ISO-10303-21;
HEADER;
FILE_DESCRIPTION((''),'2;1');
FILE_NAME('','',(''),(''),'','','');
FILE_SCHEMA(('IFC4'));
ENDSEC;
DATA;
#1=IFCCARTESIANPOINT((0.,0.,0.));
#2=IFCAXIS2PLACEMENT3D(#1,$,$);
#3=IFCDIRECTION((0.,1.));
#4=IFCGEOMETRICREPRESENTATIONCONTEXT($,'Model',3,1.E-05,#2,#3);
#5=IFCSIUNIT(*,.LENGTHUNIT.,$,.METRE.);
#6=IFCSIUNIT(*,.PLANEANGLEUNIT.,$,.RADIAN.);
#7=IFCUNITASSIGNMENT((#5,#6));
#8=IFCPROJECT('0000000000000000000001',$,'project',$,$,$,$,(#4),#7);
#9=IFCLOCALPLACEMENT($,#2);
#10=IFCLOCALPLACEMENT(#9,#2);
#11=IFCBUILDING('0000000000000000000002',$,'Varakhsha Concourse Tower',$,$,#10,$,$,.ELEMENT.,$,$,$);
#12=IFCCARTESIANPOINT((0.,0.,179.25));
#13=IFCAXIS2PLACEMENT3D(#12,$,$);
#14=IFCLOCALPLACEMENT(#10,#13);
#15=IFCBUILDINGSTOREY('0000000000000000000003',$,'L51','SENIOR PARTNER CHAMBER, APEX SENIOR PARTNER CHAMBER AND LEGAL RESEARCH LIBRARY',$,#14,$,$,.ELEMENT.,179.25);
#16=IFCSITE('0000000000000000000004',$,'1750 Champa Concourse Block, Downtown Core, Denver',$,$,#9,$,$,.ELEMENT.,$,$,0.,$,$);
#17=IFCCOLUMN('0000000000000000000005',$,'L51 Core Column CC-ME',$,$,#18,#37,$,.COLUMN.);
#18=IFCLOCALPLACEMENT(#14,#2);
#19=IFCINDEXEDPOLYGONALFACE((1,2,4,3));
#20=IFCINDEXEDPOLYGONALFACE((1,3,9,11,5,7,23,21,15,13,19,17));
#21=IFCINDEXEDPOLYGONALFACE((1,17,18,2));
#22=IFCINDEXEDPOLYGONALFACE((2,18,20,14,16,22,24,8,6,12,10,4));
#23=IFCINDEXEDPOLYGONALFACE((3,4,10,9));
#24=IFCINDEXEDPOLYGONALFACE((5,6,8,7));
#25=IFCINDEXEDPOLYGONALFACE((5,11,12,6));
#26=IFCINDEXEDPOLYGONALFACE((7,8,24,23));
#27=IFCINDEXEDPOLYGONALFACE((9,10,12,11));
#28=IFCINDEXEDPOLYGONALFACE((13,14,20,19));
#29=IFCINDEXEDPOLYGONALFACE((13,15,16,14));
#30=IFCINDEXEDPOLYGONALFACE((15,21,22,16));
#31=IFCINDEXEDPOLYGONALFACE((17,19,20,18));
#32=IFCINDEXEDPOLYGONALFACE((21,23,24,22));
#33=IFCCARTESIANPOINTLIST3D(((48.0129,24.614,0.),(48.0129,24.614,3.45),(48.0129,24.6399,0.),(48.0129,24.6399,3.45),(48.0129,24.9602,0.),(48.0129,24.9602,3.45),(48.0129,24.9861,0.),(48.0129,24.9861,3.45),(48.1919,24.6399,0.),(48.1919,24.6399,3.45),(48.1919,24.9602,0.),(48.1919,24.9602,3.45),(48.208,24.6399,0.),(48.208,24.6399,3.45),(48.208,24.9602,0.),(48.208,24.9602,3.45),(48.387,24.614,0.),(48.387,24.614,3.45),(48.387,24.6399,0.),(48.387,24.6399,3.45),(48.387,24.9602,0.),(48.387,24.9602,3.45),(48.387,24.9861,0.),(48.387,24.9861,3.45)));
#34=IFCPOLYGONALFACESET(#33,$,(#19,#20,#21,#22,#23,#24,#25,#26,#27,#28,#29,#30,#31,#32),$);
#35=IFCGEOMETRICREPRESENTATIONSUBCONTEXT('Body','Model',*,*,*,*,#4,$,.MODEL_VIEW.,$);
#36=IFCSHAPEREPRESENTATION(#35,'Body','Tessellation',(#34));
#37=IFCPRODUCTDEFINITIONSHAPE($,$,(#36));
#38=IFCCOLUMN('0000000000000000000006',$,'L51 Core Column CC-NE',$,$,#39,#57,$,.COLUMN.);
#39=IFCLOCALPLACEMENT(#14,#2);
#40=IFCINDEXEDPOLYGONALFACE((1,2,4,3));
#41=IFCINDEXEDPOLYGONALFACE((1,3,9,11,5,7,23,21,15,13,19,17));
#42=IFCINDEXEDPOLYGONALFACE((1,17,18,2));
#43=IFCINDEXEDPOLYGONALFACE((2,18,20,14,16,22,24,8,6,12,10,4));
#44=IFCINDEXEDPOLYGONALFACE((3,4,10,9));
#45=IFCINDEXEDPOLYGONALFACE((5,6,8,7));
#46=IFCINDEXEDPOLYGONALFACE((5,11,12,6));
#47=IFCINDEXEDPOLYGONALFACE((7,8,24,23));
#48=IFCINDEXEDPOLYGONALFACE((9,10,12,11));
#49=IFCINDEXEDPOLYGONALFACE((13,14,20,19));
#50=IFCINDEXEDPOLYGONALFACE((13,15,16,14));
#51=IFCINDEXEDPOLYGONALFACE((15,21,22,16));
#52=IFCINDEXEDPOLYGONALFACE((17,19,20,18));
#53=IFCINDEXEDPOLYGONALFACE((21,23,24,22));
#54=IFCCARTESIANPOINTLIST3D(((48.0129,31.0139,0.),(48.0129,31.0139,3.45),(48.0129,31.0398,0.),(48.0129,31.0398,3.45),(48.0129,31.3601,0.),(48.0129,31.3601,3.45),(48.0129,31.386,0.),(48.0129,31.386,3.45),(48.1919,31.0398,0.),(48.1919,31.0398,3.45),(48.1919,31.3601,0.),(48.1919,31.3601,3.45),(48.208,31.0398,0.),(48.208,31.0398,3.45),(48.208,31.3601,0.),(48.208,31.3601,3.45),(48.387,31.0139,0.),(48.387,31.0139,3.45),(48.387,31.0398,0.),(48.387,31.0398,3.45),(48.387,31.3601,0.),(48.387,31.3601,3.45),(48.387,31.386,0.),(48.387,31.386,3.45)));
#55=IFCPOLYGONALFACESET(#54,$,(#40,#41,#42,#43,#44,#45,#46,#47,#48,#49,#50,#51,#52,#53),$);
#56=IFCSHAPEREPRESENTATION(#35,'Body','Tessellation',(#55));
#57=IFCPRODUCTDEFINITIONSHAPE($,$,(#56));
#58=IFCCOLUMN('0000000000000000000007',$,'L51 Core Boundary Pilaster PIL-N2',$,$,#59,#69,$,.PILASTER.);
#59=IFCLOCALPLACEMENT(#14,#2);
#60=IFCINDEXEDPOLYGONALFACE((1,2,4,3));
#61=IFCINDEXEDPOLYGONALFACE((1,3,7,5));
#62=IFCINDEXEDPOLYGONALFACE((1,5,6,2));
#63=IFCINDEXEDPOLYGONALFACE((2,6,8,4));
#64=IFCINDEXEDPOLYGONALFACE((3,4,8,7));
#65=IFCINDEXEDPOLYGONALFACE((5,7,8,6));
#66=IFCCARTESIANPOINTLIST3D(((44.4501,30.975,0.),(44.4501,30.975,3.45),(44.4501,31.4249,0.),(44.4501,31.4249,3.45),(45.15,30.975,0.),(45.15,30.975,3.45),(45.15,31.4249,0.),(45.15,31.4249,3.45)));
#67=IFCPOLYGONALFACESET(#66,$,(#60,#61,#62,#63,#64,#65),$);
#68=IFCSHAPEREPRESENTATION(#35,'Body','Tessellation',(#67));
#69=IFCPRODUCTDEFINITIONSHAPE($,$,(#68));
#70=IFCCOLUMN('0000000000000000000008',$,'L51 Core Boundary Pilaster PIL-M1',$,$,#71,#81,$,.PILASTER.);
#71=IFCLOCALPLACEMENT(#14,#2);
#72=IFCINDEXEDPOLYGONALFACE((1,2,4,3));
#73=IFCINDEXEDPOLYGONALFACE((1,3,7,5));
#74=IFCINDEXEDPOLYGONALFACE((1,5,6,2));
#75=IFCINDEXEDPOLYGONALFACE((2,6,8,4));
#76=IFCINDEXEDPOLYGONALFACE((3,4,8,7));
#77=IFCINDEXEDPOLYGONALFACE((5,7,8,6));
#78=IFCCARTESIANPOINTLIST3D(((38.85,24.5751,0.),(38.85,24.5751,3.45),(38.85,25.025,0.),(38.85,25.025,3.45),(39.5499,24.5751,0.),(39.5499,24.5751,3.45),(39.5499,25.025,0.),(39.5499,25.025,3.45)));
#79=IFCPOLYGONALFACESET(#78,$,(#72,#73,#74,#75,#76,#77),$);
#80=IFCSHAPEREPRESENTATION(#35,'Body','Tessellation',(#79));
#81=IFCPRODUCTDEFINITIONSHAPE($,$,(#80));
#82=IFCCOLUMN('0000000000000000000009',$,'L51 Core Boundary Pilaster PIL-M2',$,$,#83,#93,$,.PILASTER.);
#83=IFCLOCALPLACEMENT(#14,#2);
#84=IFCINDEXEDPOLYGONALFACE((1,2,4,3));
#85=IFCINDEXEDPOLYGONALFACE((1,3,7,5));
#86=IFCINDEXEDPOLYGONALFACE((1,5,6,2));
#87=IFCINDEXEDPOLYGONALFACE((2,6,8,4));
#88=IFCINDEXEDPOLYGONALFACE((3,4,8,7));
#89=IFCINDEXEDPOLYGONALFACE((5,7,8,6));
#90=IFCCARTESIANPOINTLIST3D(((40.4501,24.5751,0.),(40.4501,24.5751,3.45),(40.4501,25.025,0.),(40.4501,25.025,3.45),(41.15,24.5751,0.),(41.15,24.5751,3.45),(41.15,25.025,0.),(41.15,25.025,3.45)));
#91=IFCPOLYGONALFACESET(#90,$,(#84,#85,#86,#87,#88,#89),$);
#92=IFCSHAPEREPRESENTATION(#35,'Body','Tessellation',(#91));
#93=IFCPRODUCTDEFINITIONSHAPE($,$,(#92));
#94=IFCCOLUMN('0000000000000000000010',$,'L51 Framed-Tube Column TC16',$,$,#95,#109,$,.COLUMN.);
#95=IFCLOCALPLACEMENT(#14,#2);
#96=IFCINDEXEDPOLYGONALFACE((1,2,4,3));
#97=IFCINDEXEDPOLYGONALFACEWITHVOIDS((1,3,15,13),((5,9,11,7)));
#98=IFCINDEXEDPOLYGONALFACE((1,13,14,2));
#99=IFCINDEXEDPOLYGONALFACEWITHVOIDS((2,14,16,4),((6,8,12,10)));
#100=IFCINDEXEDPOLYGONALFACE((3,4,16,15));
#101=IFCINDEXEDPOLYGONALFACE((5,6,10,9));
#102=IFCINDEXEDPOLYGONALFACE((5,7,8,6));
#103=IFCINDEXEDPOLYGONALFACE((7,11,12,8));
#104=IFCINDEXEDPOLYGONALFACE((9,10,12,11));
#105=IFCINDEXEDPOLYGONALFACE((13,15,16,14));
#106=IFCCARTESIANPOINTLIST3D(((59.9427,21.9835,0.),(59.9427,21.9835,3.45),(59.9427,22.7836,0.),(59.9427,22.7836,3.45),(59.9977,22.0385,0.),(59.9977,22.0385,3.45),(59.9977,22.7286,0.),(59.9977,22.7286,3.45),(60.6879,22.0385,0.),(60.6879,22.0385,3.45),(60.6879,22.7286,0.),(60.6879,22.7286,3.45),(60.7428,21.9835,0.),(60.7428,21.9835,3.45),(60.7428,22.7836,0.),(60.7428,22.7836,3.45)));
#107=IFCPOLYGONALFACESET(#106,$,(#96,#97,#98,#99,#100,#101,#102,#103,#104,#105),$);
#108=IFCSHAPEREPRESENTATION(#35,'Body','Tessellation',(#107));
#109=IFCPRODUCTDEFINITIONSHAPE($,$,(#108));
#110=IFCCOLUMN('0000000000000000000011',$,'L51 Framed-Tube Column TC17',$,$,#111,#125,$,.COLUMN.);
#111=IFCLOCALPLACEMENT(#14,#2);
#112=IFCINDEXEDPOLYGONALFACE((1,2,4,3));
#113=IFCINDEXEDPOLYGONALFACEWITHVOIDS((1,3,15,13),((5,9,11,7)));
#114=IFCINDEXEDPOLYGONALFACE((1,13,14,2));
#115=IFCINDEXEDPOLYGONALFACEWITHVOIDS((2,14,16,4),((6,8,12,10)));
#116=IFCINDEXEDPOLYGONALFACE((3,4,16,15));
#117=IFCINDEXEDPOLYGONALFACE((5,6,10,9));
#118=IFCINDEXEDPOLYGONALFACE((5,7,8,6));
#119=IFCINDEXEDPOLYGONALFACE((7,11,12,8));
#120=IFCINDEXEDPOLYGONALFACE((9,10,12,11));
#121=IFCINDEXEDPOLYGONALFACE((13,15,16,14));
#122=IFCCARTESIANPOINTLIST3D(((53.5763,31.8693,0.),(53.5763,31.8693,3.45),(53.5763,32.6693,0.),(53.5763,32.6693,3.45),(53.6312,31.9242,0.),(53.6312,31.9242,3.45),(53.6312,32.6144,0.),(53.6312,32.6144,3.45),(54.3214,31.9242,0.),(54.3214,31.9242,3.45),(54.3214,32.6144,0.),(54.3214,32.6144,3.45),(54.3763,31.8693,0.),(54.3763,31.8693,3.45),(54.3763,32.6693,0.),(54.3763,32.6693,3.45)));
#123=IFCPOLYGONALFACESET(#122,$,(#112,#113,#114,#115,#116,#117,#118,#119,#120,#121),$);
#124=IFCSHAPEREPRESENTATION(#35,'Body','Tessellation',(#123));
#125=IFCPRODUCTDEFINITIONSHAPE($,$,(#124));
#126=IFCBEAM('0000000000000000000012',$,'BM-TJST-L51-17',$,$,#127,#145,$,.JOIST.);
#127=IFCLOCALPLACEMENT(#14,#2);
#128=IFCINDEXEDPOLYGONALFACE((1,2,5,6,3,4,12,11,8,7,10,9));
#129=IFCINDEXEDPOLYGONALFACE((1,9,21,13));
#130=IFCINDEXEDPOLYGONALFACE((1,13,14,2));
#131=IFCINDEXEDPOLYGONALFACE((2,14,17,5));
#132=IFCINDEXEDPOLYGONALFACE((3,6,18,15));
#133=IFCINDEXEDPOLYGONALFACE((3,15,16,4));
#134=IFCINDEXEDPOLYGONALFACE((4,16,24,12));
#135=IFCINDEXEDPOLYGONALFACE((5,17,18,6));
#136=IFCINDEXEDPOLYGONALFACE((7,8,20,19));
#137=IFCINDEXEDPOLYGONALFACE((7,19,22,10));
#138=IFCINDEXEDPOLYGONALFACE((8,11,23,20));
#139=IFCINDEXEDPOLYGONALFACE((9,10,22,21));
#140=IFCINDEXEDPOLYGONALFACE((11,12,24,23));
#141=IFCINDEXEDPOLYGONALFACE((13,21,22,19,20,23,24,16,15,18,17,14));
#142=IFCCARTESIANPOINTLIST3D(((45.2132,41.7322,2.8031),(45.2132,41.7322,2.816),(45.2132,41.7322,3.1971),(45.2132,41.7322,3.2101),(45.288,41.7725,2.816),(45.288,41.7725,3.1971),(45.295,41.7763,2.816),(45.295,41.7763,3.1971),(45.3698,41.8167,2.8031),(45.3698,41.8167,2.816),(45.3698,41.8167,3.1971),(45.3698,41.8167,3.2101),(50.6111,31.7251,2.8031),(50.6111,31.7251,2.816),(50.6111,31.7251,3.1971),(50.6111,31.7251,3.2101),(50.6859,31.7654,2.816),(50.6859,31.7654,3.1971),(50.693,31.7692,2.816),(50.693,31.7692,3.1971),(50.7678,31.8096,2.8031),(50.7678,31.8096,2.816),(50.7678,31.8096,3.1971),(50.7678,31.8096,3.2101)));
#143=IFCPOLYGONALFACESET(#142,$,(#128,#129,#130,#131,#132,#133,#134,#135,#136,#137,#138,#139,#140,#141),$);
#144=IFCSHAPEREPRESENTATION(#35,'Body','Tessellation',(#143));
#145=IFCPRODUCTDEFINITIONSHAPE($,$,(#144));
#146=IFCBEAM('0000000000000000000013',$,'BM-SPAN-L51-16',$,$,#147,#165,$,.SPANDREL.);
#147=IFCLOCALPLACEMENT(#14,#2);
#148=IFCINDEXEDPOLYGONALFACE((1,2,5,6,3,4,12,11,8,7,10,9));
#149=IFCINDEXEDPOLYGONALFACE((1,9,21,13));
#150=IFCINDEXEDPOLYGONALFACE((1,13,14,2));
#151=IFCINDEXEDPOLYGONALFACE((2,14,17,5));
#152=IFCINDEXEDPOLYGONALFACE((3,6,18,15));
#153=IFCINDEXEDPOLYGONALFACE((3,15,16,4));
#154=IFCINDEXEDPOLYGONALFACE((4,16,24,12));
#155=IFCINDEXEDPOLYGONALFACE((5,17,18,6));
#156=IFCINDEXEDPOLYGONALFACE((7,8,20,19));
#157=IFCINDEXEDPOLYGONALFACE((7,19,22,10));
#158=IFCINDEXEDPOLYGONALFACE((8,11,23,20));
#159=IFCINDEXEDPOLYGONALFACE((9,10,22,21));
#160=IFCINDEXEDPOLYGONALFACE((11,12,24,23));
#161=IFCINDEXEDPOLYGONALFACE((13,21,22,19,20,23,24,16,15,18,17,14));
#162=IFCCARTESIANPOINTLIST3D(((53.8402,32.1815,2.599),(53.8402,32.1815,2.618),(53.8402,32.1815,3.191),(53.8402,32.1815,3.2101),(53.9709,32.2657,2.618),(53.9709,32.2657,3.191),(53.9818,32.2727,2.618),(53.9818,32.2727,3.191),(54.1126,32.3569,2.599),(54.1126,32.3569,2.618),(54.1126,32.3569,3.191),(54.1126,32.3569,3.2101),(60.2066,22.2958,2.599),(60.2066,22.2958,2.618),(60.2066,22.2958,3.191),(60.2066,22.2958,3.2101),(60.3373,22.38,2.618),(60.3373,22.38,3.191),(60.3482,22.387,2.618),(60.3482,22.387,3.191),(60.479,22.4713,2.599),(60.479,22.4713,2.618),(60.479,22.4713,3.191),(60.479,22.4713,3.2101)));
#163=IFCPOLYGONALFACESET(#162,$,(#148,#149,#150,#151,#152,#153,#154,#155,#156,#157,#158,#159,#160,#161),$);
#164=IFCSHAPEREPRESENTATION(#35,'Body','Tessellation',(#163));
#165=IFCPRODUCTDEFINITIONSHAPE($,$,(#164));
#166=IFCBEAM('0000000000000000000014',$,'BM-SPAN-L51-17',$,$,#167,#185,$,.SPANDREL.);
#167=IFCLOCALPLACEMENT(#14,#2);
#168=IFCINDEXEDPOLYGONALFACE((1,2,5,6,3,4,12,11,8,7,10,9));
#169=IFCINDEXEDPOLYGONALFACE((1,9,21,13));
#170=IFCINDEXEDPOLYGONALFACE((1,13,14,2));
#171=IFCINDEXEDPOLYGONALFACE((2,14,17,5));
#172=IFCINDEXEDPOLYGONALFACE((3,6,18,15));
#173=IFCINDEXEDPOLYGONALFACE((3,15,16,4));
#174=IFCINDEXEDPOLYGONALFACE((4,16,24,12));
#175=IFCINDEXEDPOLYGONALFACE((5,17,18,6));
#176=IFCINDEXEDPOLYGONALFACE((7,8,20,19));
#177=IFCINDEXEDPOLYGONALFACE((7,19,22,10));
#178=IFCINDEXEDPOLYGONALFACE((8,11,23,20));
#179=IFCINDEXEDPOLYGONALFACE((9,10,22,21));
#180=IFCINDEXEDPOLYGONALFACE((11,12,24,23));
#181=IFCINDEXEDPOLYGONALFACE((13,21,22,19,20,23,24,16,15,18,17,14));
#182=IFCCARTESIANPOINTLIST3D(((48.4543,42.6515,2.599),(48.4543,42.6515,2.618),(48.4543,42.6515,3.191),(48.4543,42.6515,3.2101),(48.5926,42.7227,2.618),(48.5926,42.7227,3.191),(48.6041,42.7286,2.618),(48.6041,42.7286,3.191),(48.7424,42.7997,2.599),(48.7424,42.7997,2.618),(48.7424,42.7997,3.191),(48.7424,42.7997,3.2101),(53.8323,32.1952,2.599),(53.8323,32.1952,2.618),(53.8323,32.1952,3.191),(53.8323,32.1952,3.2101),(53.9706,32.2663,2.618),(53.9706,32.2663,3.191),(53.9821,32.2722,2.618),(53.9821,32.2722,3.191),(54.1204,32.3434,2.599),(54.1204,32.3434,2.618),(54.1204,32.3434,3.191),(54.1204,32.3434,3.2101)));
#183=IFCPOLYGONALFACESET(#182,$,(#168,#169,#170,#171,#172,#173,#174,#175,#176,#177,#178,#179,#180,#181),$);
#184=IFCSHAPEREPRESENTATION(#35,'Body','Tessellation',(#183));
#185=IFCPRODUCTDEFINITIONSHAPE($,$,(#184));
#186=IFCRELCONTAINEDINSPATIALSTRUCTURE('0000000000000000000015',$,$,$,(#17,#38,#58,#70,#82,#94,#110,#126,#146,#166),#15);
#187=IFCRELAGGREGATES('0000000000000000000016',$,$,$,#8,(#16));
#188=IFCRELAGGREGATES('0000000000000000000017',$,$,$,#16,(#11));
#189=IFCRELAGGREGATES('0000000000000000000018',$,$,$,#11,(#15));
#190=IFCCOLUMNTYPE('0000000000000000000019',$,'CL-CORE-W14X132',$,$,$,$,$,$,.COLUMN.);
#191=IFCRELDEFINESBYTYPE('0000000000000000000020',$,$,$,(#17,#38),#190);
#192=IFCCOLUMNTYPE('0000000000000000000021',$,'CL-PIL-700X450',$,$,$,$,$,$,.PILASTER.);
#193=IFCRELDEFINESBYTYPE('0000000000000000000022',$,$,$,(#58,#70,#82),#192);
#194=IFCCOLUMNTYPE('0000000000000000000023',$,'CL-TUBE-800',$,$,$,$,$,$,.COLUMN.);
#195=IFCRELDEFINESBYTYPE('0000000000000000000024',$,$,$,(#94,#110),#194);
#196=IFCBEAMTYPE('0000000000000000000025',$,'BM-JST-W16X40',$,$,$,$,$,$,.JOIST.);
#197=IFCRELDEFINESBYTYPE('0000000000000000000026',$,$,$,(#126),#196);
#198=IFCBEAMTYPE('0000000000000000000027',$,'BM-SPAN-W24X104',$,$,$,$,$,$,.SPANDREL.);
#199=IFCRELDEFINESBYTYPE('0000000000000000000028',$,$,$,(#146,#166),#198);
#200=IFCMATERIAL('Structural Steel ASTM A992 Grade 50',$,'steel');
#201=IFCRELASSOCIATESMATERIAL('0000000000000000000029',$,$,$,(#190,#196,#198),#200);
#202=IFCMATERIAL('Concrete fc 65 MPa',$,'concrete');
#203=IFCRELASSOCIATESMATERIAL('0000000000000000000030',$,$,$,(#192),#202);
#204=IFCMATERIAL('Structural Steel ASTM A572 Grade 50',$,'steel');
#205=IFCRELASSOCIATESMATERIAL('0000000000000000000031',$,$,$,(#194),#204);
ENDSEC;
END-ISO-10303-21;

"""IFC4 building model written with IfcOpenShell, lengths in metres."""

from ifc_helpers import new_model, si_unit, direction, frame, origin, origin_2d, place, context, subcontext, project, spatial, rectangle, hollow_rectangle, i_section, extrude, material, material_profile, profile_set, type_object, element, save


model = new_model("IFC4")

# Units and contexts
model_context = context("Model", 3, precision=1e-05, world=origin(), true_north=direction((0.0, 1.0)))
body_context = subcontext(model_context, "Body", "Model", "MODEL_VIEW")
ifc_project = project(units=[si_unit("LENGTHUNIT", "METRE"), si_unit("PLANEANGLEUNIT", "RADIAN")], contexts=[model_context])

# Site, building, storey
site_placement = place(None, origin())
site = spatial("IfcSite", under=ifc_project, at=site_placement, Name="1750 Champa Concourse Block, Downtown Core, Denver", CompositionType="ELEMENT", RefElevation=0.0)
building_placement = place(site_placement, origin())
building = spatial("IfcBuilding", under=site, at=building_placement, Name="Varakhsha Concourse Tower", CompositionType="ELEMENT")
storey_placement = place(building_placement, frame((0.0, 0.0, 179.25)))
storey = spatial("IfcBuildingStorey", under=building, at=storey_placement, Name="L51", Description="SENIOR PARTNER CHAMBER, APEX SENIOR PARTNER CHAMBER AND LEGAL RESEARCH LIBRARY", CompositionType="ELEMENT", Elevation=179.25)

# Columns
ifc_material_1 = material(Name="Structural Steel ASTM A992 Grade 50", Category="steel")
ifc_material_profile_1 = material_profile(ifc_material_1, i_section(OverallWidth=0.374, OverallDepth=0.3721, WebThickness=0.0161, FlangeThickness=0.0259, at=origin_2d()), Name="W14X132")
ifc_profile_set_1 = profile_set([ifc_material_profile_1], Name="Structural Steel ASTM A992 Grade 50")
column_type_1 = type_object("IfcColumnType", Name="CL-CORE-W14X132", PredefinedType="COLUMN", material=ifc_profile_set_1)
for number, where, z_axis, x_axis, name in (
    (1, (48.2, 24.8, 0.0), (0.0, 0.0, 1.0), (1.0, 0.0, 0.0), "L51 Core Column CC-ME"),
    (2, (48.2, 31.2, 0.0), (0.0, 0.0, 1.0), (1.0, 0.0, 0.0), "L51 Core Column CC-NE"),
):
    element("IfcColumn", number, at=place(storey_placement, frame(where, z_axis=z_axis, x_axis=x_axis)), inside=storey, type_object=column_type_1, Name=name, PredefinedType="COLUMN", context=body_context, shape_type="SweptSolid", body=[
        extrude(i_section(OverallWidth=0.374, OverallDepth=0.3721, WebThickness=0.0161, FlangeThickness=0.0259, at=origin_2d()), origin(), (0.0, 0.0, 1.0), 3.45),
    ])
ifc_material_2 = material(Name="Concrete fc 65 MPa", Category="concrete")
ifc_material_profile_2 = material_profile(ifc_material_2, rectangle(XDim=0.7, YDim=0.45, at=origin_2d()), Name="RC 700x450")
ifc_profile_set_2 = profile_set([ifc_material_profile_2], Name="Concrete fc 65 MPa")
column_type_2 = type_object("IfcColumnType", Name="CL-PIL-700X450", PredefinedType="PILASTER", material=ifc_profile_set_2)
for number, where, z_axis, x_axis, name in (
    (3, (44.8, 31.2, 0.0), (0.0, 0.0, 1.0), (1.0, 0.0, 0.0), "L51 Core Boundary Pilaster PIL-N2"),
    (4, (39.2, 24.8, 0.0), (0.0, 0.0, 1.0), (1.0, 0.0, 0.0), "L51 Core Boundary Pilaster PIL-M1"),
    (5, (40.8, 24.8, 0.0), (0.0, 0.0, 1.0), (1.0, 0.0, 0.0), "L51 Core Boundary Pilaster PIL-M2"),
):
    element("IfcColumn", number, at=place(storey_placement, frame(where, z_axis=z_axis, x_axis=x_axis)), inside=storey, type_object=column_type_2, Name=name, PredefinedType="PILASTER", context=body_context, shape_type="SweptSolid", body=[
        extrude(rectangle(XDim=0.7, YDim=0.45, at=origin_2d()), origin(), (0.0, 0.0, 1.0), 3.45),
    ])
ifc_material_3 = material(Name="Structural Steel ASTM A572 Grade 50", Category="steel")
ifc_material_profile_3 = material_profile(ifc_material_3, hollow_rectangle(XDim=0.8, YDim=0.8, WallThickness=0.0549, at=origin_2d()), Name="BOX 800x800x55")
ifc_profile_set_3 = profile_set([ifc_material_profile_3], Name="Structural Steel ASTM A572 Grade 50")
column_type_3 = type_object("IfcColumnType", Name="CL-TUBE-800", PredefinedType="COLUMN", material=ifc_profile_set_3)
for number, where, z_axis, x_axis, name in (
    (6, (60.3428, 22.3835, 0.0), (0.0, 0.0, 1.0), (1.0, 0.0, 0.0), "L51 Framed-Tube Column TC16"),
    (7, (53.9763, 32.2693, 0.0), (0.0, 0.0, 1.0), (1.0, 0.0, 0.0), "L51 Framed-Tube Column TC17"),
):
    element("IfcColumn", number, at=place(storey_placement, frame(where, z_axis=z_axis, x_axis=x_axis)), inside=storey, type_object=column_type_3, Name=name, PredefinedType="COLUMN", context=body_context, shape_type="SweptSolid", body=[
        extrude(hollow_rectangle(XDim=0.8, YDim=0.8, WallThickness=0.0549, at=origin_2d()), origin(), (0.0, 0.0, 1.0), 3.45),
    ])

# Beams
ifc_material_profile_4 = material_profile(ifc_material_1, i_section(OverallWidth=0.178, OverallDepth=0.407, WebThickness=0.0081, FlangeThickness=0.0129, at=origin_2d()), Name="W16X40")
ifc_profile_set_4 = profile_set([ifc_material_profile_4], Name="Structural Steel ASTM A992 Grade 50")
beam_type_1 = type_object("IfcBeamType", Name="BM-JST-W16X40", PredefinedType="JOIST", material=ifc_profile_set_4)
beam_1_placement = place(storey_placement, frame((50.6895, 31.7673, 3.0066), z_axis=(-0.474749, 0.880121, 0.0), x_axis=(-0.880121, -0.474749, 0.0)))
element("IfcBeam", 8, at=beam_1_placement, inside=storey, type_object=beam_type_1, Name="BM-TJST-L51-17", PredefinedType="JOIST", context=body_context, shape_type="SweptSolid", body=[
    extrude(i_section(OverallWidth=0.178, OverallDepth=0.407, WebThickness=0.0081, FlangeThickness=0.0129, at=origin_2d()), origin(), (0.0, 0.0, 1.0), 11.3701),
])
ifc_material_profile_5 = material_profile(ifc_material_1, i_section(OverallWidth=0.324, OverallDepth=0.6111, WebThickness=0.0129, FlangeThickness=0.019, at=origin_2d()), Name="W24X104")
ifc_profile_set_5 = profile_set([ifc_material_profile_5], Name="Structural Steel ASTM A992 Grade 50")
beam_type_2 = type_object("IfcBeamType", Name="BM-SPAN-W24X104", PredefinedType="SPANDREL", material=ifc_profile_set_5)
for number, where, z_axis, x_axis, name in (
    (9, (60.3428, 22.3835, 2.9045), (-0.54144, 0.84074, 0.0), (-0.84074, -0.54144, 0.0), "BM-SPAN-L51-16"),
    (10, (53.9763, 32.2693, 2.9045), (-0.457375, 0.889274, 0.0), (-0.889274, -0.457375, 0.0), "BM-SPAN-L51-17"),
):
    element("IfcBeam", number, at=place(storey_placement, frame(where, z_axis=z_axis, x_axis=x_axis)), inside=storey, type_object=beam_type_2, Name=name, PredefinedType="SPANDREL", context=body_context, shape_type="SweptSolid", body=[
        extrude(i_section(OverallWidth=0.324, OverallDepth=0.6111, WebThickness=0.0129, FlangeThickness=0.019, at=origin_2d()), origin(), (0.0, 0.0, 1.0), 11.7583),
    ])

save(model, "model.ifc")
